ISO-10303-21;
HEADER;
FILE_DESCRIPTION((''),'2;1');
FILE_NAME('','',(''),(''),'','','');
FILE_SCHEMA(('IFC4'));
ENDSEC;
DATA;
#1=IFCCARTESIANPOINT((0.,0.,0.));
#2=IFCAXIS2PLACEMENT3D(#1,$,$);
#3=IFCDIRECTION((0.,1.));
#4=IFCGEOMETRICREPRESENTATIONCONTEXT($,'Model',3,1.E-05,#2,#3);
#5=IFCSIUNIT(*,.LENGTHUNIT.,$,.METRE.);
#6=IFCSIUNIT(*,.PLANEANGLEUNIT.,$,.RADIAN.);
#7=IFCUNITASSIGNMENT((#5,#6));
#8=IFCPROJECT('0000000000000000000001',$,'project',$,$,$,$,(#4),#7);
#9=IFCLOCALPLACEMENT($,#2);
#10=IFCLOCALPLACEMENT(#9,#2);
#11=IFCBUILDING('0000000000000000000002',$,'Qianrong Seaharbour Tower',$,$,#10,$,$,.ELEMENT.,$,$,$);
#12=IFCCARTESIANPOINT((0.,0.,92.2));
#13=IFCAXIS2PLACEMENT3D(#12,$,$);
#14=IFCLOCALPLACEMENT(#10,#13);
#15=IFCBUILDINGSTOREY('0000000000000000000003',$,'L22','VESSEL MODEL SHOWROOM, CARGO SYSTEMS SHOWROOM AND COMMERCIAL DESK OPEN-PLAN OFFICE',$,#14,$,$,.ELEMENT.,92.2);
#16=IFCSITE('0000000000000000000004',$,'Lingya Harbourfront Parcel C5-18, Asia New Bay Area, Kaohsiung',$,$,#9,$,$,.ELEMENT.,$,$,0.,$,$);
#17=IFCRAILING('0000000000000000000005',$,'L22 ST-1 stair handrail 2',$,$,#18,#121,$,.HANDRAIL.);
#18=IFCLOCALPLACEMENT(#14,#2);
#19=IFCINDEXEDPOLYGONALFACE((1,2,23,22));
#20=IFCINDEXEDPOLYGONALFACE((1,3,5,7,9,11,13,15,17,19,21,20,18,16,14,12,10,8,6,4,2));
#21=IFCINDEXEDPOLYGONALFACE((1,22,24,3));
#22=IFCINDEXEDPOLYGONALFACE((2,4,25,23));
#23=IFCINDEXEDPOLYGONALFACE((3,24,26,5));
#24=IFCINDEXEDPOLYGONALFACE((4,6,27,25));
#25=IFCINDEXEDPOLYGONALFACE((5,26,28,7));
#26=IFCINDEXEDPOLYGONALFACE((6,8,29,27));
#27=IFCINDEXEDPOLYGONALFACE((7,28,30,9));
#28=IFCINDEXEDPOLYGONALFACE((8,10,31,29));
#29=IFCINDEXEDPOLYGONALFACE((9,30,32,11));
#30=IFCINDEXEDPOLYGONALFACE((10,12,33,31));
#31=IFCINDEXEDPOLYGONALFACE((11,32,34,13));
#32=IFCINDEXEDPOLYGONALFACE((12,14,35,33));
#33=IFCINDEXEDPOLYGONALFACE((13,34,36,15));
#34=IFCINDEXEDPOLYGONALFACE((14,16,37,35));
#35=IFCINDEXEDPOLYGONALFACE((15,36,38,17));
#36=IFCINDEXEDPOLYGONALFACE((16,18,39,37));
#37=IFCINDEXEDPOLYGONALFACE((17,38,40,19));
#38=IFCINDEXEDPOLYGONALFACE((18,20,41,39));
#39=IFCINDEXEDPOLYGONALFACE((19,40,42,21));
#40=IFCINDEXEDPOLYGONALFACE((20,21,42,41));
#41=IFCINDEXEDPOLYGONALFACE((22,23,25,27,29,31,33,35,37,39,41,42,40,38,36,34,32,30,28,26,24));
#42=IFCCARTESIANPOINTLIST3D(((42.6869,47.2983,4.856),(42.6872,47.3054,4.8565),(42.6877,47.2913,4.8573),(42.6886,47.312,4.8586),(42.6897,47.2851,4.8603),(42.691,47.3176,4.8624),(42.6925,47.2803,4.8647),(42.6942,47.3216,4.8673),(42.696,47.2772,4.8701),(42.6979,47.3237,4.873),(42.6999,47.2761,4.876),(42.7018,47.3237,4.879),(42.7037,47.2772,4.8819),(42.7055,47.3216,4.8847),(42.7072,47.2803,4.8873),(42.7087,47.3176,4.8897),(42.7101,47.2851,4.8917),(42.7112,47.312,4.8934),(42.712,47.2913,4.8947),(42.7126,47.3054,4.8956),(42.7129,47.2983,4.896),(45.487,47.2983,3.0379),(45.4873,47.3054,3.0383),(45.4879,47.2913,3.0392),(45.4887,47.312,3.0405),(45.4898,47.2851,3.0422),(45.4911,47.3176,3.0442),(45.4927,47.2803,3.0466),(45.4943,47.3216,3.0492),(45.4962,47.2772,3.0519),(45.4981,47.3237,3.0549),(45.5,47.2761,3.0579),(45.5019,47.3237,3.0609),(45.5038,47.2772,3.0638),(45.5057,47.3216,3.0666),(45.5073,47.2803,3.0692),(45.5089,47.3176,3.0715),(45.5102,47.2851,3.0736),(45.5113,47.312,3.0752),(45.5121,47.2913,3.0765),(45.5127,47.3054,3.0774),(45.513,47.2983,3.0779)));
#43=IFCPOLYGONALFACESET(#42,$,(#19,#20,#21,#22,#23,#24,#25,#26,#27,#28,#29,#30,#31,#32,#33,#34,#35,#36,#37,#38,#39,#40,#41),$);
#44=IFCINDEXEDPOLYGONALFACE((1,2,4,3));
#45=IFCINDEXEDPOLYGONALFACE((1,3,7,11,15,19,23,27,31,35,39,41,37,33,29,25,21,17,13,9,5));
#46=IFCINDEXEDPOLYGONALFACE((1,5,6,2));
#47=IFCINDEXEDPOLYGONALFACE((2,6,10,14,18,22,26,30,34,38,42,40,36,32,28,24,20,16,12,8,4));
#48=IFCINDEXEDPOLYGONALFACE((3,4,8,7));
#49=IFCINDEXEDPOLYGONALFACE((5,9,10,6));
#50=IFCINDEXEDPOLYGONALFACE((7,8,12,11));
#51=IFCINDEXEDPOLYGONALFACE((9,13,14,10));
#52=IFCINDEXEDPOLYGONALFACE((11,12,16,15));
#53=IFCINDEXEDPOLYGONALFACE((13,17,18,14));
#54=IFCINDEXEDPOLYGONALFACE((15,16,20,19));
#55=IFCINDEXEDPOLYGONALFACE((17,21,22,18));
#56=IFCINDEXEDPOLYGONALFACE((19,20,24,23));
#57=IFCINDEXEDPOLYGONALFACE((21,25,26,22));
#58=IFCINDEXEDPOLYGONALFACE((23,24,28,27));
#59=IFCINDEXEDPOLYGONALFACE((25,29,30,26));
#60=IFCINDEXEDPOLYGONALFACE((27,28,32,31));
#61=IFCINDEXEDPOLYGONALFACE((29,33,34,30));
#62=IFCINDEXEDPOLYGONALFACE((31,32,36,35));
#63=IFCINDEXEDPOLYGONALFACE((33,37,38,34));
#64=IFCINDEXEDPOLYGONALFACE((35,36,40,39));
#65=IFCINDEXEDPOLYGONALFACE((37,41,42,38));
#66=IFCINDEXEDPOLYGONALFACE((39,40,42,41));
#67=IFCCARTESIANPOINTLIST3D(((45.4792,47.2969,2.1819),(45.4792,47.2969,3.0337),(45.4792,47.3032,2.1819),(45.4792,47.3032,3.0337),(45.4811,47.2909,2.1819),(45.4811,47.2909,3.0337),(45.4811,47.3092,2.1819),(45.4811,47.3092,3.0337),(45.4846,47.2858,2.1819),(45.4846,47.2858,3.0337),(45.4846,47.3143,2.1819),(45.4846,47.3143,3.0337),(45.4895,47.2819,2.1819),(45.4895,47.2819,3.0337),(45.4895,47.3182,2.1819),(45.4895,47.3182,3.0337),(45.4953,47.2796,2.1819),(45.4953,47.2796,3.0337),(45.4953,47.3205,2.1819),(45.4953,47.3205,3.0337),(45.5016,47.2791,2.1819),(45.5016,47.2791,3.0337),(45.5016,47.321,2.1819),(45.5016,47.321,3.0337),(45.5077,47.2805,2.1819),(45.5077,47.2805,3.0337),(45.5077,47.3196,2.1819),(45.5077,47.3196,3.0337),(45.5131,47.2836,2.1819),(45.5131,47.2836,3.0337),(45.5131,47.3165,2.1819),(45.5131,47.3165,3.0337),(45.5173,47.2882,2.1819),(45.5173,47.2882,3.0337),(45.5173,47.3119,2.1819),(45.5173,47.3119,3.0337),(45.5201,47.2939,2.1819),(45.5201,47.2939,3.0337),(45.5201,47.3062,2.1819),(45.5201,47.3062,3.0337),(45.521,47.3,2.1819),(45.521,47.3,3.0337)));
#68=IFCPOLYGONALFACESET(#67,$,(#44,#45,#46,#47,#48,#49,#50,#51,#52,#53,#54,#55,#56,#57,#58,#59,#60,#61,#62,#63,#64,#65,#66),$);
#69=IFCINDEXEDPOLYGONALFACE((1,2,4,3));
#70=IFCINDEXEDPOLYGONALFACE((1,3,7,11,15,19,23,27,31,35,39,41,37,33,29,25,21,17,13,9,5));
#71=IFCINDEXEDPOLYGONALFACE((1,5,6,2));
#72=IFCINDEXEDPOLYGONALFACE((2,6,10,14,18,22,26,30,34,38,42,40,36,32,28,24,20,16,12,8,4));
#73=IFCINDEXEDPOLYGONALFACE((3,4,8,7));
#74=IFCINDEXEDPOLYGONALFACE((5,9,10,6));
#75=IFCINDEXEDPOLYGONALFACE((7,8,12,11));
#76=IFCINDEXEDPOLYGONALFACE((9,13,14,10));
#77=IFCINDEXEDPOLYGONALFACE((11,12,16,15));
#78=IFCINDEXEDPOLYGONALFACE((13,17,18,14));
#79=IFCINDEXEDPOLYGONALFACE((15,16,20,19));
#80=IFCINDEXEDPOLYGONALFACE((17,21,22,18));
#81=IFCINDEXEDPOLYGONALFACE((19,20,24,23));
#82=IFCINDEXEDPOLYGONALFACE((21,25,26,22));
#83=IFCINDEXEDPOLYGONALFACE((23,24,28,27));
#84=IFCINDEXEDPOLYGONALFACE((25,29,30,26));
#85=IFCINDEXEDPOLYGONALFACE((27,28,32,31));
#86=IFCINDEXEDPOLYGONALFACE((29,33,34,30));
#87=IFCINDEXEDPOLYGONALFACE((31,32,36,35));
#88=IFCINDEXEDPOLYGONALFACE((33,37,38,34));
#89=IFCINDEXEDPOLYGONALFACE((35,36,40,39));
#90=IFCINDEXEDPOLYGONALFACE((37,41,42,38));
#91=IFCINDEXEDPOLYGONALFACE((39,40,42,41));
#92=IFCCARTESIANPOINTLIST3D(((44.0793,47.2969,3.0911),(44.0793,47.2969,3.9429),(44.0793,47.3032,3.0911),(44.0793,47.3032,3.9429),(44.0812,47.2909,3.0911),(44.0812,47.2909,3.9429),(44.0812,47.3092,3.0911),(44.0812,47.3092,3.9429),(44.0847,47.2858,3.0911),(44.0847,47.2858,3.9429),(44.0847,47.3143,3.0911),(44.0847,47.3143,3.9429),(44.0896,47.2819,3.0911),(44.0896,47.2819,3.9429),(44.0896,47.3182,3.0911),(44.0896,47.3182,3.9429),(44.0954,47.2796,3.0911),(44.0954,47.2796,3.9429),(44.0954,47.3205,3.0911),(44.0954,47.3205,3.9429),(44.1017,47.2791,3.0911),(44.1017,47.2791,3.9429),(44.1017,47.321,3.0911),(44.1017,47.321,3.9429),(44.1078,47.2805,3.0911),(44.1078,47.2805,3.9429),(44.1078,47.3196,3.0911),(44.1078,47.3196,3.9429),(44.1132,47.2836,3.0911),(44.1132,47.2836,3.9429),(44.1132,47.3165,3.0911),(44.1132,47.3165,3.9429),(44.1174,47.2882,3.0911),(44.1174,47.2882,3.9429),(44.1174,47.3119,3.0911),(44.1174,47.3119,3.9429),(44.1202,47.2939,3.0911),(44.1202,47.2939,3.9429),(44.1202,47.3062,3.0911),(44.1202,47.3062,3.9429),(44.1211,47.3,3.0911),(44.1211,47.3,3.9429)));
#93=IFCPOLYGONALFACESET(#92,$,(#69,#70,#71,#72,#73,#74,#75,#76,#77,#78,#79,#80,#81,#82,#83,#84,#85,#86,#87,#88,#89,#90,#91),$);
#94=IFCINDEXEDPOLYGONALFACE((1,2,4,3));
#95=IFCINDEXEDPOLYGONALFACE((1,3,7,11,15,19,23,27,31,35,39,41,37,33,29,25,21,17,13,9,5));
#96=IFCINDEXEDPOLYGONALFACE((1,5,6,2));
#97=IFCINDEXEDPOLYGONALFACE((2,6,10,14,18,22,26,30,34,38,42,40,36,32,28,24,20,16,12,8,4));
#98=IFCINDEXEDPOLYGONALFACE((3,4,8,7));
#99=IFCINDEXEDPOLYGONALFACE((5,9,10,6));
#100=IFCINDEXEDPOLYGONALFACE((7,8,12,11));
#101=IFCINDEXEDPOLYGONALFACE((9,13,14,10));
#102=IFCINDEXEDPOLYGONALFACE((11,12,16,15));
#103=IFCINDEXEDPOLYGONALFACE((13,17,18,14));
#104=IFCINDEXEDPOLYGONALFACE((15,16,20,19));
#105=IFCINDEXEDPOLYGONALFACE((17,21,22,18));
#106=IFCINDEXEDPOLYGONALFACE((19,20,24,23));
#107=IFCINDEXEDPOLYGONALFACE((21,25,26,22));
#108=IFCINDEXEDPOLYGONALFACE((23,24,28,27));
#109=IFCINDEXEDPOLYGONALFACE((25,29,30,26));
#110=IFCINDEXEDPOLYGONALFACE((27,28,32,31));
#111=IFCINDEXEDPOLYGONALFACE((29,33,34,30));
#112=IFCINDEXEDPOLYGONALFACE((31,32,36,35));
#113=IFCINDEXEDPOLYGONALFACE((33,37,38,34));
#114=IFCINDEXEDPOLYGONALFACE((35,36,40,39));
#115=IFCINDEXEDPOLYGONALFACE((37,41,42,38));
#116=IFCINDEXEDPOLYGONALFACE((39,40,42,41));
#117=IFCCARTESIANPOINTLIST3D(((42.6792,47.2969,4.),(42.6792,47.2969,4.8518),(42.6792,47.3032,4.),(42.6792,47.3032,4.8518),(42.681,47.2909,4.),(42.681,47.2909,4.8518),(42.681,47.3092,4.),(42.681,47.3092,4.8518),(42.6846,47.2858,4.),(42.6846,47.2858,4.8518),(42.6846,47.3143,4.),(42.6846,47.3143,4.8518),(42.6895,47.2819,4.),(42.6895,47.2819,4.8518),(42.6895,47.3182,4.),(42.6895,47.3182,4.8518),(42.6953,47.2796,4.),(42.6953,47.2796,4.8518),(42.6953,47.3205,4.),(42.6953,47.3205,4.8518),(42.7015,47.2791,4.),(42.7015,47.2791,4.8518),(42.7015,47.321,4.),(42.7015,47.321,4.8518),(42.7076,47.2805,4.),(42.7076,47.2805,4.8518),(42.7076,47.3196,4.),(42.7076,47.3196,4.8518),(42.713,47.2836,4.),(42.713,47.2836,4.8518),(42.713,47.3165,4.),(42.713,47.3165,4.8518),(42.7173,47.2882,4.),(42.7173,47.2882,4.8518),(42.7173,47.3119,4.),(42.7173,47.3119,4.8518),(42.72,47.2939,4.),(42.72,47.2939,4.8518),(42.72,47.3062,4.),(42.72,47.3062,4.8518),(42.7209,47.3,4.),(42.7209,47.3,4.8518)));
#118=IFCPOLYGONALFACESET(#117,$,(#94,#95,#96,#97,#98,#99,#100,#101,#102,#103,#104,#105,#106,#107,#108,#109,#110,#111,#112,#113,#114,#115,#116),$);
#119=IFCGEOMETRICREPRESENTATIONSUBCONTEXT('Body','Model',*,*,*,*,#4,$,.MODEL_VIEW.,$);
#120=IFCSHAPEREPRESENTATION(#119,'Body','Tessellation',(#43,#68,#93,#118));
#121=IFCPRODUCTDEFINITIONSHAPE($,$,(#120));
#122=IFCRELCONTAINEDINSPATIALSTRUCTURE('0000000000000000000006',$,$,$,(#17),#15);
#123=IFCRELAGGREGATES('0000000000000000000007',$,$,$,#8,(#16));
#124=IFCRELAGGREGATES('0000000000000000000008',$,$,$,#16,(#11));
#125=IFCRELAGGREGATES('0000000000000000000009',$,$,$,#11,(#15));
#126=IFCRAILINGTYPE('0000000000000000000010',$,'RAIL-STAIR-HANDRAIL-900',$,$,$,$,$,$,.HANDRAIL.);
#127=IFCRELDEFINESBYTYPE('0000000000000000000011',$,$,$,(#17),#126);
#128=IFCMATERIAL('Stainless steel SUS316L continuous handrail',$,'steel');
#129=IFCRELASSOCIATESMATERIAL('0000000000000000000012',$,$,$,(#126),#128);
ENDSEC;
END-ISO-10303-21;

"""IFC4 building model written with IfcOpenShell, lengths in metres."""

from ifc_helpers import new_model, si_unit, direction, frame, origin, origin_2d, place, context, subcontext, project, spatial, circle, extrude, material, type_object, element, save


model = new_model("IFC4")

# Units and contexts
model_context = context("Model", 3, precision=1e-05, world=origin(), true_north=direction((0.0, 1.0)))
body_context = subcontext(model_context, "Body", "Model", "MODEL_VIEW")
ifc_project = project(units=[si_unit("LENGTHUNIT", "METRE"), si_unit("PLANEANGLEUNIT", "RADIAN")], contexts=[model_context])

# Site, building, storey
site_placement = place(None, origin())
site = spatial("IfcSite", under=ifc_project, at=site_placement, Name="Lingya Harbourfront Parcel C5-18, Asia New Bay Area, Kaohsiung", CompositionType="ELEMENT", RefElevation=0.0)
building_placement = place(site_placement, origin())
building = spatial("IfcBuilding", under=site, at=building_placement, Name="Qianrong Seaharbour Tower", CompositionType="ELEMENT")
storey_placement = place(building_placement, frame((0.0, 0.0, 92.2)))
storey = spatial("IfcBuildingStorey", under=building, at=storey_placement, Name="L22", Description="VESSEL MODEL SHOWROOM, CARGO SYSTEMS SHOWROOM AND COMMERCIAL DESK OPEN-PLAN OFFICE", CompositionType="ELEMENT", Elevation=92.2)

# Railing
ifc_material_1 = material(Name="Stainless steel SUS316L continuous handrail", Category="steel")
railing_type_1 = type_object("IfcRailingType", Name="RAIL-STAIR-HANDRAIL-900", PredefinedType="HANDRAIL", material=ifc_material_1)
railing_1_placement = place(storey_placement, frame((45.5, 47.3, 2.1819)))
element("IfcRailing", 1, at=railing_1_placement, inside=storey, type_object=railing_type_1, Name="L22 ST-1 stair handrail 2", PredefinedType="HANDRAIL", context=body_context, shape_type="SweptSolid", body=[
    extrude(circle(Radius=0.0239, at=origin_2d()), frame((0.0, 0.0, 0.876), z_axis=(-0.838706, 0.0, 0.544585), x_axis=(0.0, -1.0, 0.0)), (0.0, 0.0, 1.0), 3.3386),
    extrude(circle(Radius=0.021, at=origin_2d()), origin(), (0.0, 0.0, 1.0), 0.8518),
    extrude(circle(Radius=0.021, at=origin_2d()), frame((-1.3999, 0.0, 0.9092)), (0.0, 0.0, 1.0), 0.8518),
    extrude(circle(Radius=0.021, at=origin_2d()), frame((-2.8, 0.0, 1.8181)), (0.0, 0.0, 1.0), 0.8518),
])

save(model, "model.ifc")
